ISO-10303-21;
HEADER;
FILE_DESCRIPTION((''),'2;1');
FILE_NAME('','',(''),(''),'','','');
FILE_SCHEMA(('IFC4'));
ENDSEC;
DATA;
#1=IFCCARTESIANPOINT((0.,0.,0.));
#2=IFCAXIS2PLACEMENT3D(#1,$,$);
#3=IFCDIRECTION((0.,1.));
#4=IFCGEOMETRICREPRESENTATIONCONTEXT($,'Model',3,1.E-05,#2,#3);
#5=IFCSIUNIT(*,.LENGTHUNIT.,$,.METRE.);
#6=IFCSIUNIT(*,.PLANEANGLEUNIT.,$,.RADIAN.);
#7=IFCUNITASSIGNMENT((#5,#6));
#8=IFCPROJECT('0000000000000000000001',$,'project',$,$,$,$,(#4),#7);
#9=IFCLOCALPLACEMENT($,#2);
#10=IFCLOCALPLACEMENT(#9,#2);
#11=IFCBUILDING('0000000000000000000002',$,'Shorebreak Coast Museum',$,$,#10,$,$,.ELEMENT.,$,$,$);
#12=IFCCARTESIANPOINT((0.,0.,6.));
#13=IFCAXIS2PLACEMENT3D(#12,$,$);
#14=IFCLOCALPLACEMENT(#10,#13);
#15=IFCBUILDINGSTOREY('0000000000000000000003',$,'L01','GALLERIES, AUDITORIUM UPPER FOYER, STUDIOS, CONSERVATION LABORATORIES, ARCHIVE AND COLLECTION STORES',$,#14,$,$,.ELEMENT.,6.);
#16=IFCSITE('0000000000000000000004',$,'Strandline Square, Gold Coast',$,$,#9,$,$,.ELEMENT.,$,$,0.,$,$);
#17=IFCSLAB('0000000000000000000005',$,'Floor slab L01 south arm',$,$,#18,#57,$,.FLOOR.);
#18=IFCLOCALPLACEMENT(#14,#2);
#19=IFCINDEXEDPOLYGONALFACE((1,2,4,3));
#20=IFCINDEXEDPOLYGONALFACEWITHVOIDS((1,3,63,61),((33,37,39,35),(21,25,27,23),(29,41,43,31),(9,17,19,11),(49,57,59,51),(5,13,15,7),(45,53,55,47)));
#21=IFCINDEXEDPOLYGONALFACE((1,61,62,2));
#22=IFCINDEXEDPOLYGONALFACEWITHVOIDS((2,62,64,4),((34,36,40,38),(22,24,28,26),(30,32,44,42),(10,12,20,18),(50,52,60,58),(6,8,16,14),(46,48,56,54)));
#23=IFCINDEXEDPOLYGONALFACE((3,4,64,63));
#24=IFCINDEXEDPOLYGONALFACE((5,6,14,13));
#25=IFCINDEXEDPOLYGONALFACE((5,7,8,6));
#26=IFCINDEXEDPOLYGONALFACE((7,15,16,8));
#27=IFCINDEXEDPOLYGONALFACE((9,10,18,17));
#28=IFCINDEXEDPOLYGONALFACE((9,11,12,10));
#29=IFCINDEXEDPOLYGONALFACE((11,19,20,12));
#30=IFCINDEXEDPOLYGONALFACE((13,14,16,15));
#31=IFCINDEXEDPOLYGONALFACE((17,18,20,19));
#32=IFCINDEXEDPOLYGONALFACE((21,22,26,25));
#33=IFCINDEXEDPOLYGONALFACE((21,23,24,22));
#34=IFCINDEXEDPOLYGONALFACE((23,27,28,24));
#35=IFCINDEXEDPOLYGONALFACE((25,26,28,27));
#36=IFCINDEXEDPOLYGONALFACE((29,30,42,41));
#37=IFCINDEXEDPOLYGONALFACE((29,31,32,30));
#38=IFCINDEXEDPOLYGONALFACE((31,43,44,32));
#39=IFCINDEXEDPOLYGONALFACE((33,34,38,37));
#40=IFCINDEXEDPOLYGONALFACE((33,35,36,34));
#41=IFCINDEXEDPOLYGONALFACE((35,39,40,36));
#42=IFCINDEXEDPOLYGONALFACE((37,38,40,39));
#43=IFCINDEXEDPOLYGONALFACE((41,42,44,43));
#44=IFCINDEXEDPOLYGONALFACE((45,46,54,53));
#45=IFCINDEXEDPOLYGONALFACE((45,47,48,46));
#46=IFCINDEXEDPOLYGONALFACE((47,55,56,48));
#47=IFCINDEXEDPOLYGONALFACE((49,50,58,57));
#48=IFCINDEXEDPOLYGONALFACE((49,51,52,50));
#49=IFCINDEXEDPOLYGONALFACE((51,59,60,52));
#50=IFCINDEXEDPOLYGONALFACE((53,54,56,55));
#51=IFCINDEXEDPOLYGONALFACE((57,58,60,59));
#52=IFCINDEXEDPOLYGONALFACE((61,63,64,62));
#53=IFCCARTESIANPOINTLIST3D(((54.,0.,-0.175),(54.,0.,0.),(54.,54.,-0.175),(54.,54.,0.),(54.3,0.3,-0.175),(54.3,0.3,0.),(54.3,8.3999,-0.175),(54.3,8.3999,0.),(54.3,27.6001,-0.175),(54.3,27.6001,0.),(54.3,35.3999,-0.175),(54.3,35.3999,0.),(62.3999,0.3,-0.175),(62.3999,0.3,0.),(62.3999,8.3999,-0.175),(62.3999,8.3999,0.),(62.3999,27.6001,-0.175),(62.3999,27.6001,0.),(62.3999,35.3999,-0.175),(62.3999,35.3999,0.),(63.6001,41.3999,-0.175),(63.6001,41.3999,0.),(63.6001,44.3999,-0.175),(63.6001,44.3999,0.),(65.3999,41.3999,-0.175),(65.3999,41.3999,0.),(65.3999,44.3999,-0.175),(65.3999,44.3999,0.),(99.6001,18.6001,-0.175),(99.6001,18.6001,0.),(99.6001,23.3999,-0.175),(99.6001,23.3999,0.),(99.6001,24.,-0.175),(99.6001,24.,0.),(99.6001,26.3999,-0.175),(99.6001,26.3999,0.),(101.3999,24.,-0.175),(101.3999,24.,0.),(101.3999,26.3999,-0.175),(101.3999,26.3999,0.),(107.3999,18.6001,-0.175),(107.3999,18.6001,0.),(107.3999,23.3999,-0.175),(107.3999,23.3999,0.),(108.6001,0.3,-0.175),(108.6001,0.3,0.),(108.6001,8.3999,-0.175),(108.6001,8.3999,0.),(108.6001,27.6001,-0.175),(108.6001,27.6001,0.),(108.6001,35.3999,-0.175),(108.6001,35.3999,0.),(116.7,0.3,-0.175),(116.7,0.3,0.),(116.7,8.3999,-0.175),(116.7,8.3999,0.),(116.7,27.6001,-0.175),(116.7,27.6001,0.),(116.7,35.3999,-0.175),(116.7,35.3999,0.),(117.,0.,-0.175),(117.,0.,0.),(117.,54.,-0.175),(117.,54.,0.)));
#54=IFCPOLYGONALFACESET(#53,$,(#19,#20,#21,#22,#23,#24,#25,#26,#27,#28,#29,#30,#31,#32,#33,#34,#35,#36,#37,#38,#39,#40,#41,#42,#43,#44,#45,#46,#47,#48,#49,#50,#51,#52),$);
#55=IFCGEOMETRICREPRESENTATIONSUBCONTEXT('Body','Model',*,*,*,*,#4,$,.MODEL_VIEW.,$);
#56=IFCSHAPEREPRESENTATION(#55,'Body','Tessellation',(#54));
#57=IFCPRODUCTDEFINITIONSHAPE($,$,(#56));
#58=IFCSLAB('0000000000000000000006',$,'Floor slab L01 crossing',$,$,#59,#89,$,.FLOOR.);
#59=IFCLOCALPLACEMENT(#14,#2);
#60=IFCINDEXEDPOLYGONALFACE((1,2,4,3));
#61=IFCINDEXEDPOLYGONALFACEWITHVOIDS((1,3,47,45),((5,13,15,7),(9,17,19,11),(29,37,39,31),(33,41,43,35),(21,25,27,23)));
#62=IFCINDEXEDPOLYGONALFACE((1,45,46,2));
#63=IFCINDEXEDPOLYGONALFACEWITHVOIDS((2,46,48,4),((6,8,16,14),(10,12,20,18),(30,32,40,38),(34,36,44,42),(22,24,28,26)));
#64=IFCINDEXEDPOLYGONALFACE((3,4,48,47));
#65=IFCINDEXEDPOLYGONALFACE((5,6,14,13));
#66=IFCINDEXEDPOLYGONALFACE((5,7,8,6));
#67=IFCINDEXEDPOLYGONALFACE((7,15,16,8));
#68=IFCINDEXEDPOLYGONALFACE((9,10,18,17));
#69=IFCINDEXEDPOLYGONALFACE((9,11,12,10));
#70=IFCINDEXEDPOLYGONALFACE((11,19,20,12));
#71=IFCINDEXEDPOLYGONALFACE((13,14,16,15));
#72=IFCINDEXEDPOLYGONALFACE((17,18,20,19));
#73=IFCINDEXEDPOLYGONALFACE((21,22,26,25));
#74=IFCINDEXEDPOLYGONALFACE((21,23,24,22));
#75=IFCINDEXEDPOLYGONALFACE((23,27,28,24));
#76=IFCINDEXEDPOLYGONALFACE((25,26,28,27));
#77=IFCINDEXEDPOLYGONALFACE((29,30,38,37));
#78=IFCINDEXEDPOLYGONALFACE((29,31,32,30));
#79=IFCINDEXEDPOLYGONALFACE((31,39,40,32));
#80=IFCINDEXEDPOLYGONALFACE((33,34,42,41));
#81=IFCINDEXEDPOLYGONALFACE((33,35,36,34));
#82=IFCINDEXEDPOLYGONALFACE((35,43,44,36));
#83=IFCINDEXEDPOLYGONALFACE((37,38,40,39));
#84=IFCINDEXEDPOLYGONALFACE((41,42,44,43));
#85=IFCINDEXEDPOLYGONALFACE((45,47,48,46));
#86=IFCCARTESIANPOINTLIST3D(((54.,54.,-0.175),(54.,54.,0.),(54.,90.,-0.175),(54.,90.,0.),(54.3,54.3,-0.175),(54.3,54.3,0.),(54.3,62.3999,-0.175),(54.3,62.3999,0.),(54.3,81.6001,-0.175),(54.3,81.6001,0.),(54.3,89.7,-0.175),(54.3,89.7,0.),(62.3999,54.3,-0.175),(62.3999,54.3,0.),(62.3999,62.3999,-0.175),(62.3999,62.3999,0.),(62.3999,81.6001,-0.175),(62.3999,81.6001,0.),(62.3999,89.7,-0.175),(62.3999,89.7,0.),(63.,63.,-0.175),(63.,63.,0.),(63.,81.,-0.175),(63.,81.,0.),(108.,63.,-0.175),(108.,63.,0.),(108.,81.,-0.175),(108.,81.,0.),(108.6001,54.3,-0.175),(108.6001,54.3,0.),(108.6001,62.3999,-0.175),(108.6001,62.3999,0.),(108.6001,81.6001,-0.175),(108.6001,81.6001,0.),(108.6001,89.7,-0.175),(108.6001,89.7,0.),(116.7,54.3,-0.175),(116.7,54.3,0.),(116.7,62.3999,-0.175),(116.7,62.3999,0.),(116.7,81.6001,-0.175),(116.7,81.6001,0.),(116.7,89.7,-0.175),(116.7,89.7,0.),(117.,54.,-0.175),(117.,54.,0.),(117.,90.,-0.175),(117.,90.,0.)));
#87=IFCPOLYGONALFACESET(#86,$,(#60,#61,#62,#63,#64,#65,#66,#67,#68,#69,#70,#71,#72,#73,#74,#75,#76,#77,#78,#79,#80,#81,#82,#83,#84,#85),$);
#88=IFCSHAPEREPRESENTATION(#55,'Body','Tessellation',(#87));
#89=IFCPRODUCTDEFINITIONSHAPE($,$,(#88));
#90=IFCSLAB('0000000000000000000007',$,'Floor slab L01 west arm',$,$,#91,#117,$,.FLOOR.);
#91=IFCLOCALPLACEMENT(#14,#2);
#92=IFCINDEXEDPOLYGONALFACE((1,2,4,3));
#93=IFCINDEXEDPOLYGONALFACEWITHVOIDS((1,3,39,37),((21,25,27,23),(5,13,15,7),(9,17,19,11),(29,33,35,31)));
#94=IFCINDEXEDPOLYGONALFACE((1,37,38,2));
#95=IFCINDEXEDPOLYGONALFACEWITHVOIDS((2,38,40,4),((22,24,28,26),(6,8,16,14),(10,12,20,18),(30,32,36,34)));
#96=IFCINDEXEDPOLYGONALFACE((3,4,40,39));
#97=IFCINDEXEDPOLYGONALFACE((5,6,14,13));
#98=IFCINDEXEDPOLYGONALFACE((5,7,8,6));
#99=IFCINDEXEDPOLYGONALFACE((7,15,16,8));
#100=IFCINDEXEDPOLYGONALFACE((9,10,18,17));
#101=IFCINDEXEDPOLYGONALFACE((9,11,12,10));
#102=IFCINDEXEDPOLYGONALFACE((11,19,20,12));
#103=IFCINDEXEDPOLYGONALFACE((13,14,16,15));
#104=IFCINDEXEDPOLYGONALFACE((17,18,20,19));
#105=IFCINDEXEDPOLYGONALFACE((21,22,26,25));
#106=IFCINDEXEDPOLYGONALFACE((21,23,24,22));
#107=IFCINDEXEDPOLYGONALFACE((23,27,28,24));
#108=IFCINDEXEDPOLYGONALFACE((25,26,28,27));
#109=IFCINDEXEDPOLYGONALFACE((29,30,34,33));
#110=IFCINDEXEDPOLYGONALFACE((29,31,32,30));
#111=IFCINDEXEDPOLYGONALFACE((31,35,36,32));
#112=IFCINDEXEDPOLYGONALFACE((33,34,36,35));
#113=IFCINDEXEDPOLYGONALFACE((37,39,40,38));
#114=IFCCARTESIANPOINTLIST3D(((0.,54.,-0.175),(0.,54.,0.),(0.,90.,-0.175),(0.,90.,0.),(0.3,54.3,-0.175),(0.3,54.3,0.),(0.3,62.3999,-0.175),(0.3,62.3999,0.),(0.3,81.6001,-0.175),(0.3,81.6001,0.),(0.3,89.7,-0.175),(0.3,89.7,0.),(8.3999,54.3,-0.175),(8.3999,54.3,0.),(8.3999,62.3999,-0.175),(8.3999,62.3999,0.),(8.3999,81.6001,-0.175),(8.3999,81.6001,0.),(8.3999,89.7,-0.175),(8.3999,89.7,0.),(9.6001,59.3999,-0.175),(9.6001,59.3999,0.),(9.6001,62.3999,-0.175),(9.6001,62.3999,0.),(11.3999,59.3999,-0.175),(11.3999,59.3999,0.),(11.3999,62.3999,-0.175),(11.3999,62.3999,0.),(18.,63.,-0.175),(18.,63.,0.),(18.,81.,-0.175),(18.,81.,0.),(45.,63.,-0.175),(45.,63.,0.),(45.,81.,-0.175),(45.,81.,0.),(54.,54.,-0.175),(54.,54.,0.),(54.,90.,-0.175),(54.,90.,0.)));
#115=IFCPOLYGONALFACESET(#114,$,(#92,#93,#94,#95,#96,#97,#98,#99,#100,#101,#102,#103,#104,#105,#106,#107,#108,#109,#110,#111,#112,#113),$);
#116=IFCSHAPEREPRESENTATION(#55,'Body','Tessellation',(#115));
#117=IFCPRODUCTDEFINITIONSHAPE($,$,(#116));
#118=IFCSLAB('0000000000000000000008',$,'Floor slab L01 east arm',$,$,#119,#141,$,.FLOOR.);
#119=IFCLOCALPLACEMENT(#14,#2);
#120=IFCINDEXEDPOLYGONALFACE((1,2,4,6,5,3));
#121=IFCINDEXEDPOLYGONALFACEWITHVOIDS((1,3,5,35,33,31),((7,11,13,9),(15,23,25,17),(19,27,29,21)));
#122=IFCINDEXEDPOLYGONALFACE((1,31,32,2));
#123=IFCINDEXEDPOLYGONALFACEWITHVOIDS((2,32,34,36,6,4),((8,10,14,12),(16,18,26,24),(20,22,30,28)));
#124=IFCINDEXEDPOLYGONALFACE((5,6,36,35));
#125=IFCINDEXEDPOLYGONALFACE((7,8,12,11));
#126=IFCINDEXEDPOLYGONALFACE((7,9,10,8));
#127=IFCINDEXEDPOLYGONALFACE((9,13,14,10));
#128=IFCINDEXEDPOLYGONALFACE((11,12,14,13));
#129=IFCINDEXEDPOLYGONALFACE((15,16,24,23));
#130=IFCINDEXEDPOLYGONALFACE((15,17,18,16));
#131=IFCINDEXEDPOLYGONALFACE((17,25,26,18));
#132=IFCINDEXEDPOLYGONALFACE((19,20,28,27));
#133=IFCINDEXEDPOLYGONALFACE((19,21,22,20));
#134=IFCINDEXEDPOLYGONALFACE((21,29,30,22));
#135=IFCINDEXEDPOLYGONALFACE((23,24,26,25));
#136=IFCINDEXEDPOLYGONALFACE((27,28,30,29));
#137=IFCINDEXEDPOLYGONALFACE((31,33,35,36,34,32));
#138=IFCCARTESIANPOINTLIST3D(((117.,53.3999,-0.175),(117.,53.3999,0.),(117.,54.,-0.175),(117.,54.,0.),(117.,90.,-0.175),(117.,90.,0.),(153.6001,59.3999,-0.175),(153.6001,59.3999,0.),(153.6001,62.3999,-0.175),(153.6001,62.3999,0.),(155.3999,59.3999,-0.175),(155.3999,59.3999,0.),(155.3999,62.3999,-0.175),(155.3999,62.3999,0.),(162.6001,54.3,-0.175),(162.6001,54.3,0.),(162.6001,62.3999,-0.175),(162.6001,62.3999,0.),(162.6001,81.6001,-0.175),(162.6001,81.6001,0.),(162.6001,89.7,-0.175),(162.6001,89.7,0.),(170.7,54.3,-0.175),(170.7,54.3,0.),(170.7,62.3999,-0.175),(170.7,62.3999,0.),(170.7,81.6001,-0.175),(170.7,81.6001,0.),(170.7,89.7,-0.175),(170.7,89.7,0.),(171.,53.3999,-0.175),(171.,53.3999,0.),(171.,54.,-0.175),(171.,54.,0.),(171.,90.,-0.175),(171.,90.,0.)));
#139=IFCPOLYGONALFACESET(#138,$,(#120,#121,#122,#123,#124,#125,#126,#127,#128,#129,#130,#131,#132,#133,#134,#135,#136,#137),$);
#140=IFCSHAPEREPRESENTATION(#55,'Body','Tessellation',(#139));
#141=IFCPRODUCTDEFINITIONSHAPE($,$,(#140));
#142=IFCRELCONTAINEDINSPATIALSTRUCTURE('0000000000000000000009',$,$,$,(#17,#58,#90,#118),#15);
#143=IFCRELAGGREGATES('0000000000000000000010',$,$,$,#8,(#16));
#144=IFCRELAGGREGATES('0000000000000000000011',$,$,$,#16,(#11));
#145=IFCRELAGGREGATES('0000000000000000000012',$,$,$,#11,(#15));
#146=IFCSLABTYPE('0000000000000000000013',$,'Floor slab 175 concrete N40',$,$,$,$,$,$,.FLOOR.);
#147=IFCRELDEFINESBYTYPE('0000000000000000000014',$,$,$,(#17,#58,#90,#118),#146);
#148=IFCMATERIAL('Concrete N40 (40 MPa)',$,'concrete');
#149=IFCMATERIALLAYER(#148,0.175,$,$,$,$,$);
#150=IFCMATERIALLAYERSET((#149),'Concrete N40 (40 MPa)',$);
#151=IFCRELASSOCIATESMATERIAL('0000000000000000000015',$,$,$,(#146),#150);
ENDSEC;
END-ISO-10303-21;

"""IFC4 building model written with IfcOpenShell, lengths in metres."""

from ifc_helpers import new_model, si_unit, direction, frame, origin, place, context, subcontext, project, spatial, polyline, outline, extrude, material, layer, layer_set, type_object, element, save


model = new_model("IFC4")

# Units and contexts
model_context = context("Model", 3, precision=1e-05, world=origin(), true_north=direction((0.0, 1.0)))
body_context = subcontext(model_context, "Body", "Model", "MODEL_VIEW")
ifc_project = project(units=[si_unit("LENGTHUNIT", "METRE"), si_unit("PLANEANGLEUNIT", "RADIAN")], contexts=[model_context])

# Site, building, storey
site_placement = place(None, origin())
site = spatial("IfcSite", under=ifc_project, at=site_placement, Name="Strandline Square, Gold Coast", CompositionType="ELEMENT", RefElevation=0.0)
building_placement = place(site_placement, origin())
building = spatial("IfcBuilding", under=site, at=building_placement, Name="Shorebreak Coast Museum", CompositionType="ELEMENT")
storey_placement = place(building_placement, frame((0.0, 0.0, 6.0)))
storey = spatial("IfcBuildingStorey", under=building, at=storey_placement, Name="L01", Description="GALLERIES, AUDITORIUM UPPER FOYER, STUDIOS, CONSERVATION LABORATORIES, ARCHIVE AND COLLECTION STORES", CompositionType="ELEMENT", Elevation=6.0)

# Slabs
ifc_material_1 = material(Name="Concrete N40 (40 MPa)", Category="concrete")
ifc_layer_1 = layer(ifc_material_1, 0.175)
ifc_layer_set_1 = layer_set([ifc_layer_1], Name="Concrete N40 (40 MPa)")
slab_type_1 = type_object("IfcSlabType", Name="Floor slab 175 concrete N40", PredefinedType="FLOOR", material=ifc_layer_set_1)
slab_1_placement = place(storey_placement, frame((0.0, 0.0, -0.175)))
element("IfcSlab", 1, at=slab_1_placement, inside=storey, type_object=slab_type_1, Name="Floor slab L01 south arm", PredefinedType="FLOOR", context=body_context, shape_type="SweptSolid", body=[
    extrude(outline(polyline([(117.0, 54.0), (54.0, 54.0), (54.0, 0.0), (117.0, 0.0), (117.0, 54.0)]), holes=[polyline([(99.6001, 18.6001), (99.6001, 23.3999), (107.3999, 23.3999), (107.3999, 18.6001), (99.6001, 18.6001)]), polyline([(99.6001, 26.3999), (101.3999, 26.3999), (101.3999, 24.0), (99.6001, 24.0), (99.6001, 26.3999)]), polyline([(65.3999, 44.3999), (65.3999, 41.3999), (63.6001, 41.3999), (63.6001, 44.3999), (65.3999, 44.3999)]), polyline([(62.3999, 0.3), (54.3, 0.3), (54.3, 8.3999), (62.3999, 8.3999), (62.3999, 0.3)]), polyline([(108.6001, 0.3), (108.6001, 8.3999), (116.7, 8.3999), (116.7, 0.3), (108.6001, 0.3)]), polyline([(54.3, 35.3999), (62.3999, 35.3999), (62.3999, 27.6001), (54.3, 27.6001), (54.3, 35.3999)]), polyline([(116.7, 35.3999), (116.7, 27.6001), (108.6001, 27.6001), (108.6001, 35.3999), (116.7, 35.3999)])]), origin(), (0.0, 0.0, 1.0), 0.175),
])
slab_2_placement = place(storey_placement, frame((0.0, 0.0, -0.175)))
element("IfcSlab", 2, at=slab_2_placement, inside=storey, type_object=slab_type_1, Name="Floor slab L01 crossing", PredefinedType="FLOOR", context=body_context, shape_type="SweptSolid", body=[
    extrude(outline(polyline([(54.0, 54.0), (117.0, 54.0), (117.0, 90.0), (54.0, 90.0), (54.0, 54.0)]), holes=[polyline([(108.0, 81.0), (108.0, 63.0), (63.0, 63.0), (63.0, 81.0), (108.0, 81.0)]), polyline([(62.3999, 54.3), (54.3, 54.3), (54.3, 62.3999), (62.3999, 62.3999), (62.3999, 54.3)]), polyline([(108.6001, 54.3), (108.6001, 62.3999), (116.7, 62.3999), (116.7, 54.3), (108.6001, 54.3)]), polyline([(54.3, 89.7), (62.3999, 89.7), (62.3999, 81.6001), (54.3, 81.6001), (54.3, 89.7)]), polyline([(116.7, 89.7), (116.7, 81.6001), (108.6001, 81.6001), (108.6001, 89.7), (116.7, 89.7)])]), origin(), (0.0, 0.0, 1.0), 0.175),
])
slab_3_placement = place(storey_placement, frame((0.0, 0.0, -0.175)))
element("IfcSlab", 3, at=slab_3_placement, inside=storey, type_object=slab_type_1, Name="Floor slab L01 west arm", PredefinedType="FLOOR", context=body_context, shape_type="SweptSolid", body=[
    extrude(outline(polyline([(54.0, 54.0), (54.0, 90.0), (0.0, 90.0), (0.0, 54.0), (54.0, 54.0)]), holes=[polyline([(45.0, 63.0), (18.0, 63.0), (18.0, 81.0), (45.0, 81.0), (45.0, 63.0)]), polyline([(9.6001, 59.3999), (9.6001, 62.3999), (11.3999, 62.3999), (11.3999, 59.3999), (9.6001, 59.3999)]), polyline([(0.3, 62.3999), (8.3999, 62.3999), (8.3999, 54.3), (0.3, 54.3), (0.3, 62.3999)]), polyline([(8.3999, 89.7), (8.3999, 81.6001), (0.3, 81.6001), (0.3, 89.7), (8.3999, 89.7)])]), origin(), (0.0, 0.0, 1.0), 0.175),
])
slab_4_placement = place(storey_placement, frame((0.0, 0.0, -0.175)))
element("IfcSlab", 4, at=slab_4_placement, inside=storey, type_object=slab_type_1, Name="Floor slab L01 east arm", PredefinedType="FLOOR", context=body_context, shape_type="SweptSolid", body=[
    extrude(outline(polyline([(171.0, 53.3999), (171.0, 54.0), (171.0, 90.0), (117.0, 90.0), (117.0, 54.0), (117.0, 53.3999), (171.0, 53.3999)]), holes=[polyline([(153.6001, 59.3999), (153.6001, 62.3999), (155.3999, 62.3999), (155.3999, 59.3999), (153.6001, 59.3999)]), polyline([(162.6001, 62.3999), (170.7, 62.3999), (170.7, 54.3), (162.6001, 54.3), (162.6001, 62.3999)]), polyline([(170.7, 89.7), (170.7, 81.6001), (162.6001, 81.6001), (162.6001, 89.7), (170.7, 89.7)])]), origin(), (0.0, 0.0, 1.0), 0.175),
])

save(model, "model.ifc")
